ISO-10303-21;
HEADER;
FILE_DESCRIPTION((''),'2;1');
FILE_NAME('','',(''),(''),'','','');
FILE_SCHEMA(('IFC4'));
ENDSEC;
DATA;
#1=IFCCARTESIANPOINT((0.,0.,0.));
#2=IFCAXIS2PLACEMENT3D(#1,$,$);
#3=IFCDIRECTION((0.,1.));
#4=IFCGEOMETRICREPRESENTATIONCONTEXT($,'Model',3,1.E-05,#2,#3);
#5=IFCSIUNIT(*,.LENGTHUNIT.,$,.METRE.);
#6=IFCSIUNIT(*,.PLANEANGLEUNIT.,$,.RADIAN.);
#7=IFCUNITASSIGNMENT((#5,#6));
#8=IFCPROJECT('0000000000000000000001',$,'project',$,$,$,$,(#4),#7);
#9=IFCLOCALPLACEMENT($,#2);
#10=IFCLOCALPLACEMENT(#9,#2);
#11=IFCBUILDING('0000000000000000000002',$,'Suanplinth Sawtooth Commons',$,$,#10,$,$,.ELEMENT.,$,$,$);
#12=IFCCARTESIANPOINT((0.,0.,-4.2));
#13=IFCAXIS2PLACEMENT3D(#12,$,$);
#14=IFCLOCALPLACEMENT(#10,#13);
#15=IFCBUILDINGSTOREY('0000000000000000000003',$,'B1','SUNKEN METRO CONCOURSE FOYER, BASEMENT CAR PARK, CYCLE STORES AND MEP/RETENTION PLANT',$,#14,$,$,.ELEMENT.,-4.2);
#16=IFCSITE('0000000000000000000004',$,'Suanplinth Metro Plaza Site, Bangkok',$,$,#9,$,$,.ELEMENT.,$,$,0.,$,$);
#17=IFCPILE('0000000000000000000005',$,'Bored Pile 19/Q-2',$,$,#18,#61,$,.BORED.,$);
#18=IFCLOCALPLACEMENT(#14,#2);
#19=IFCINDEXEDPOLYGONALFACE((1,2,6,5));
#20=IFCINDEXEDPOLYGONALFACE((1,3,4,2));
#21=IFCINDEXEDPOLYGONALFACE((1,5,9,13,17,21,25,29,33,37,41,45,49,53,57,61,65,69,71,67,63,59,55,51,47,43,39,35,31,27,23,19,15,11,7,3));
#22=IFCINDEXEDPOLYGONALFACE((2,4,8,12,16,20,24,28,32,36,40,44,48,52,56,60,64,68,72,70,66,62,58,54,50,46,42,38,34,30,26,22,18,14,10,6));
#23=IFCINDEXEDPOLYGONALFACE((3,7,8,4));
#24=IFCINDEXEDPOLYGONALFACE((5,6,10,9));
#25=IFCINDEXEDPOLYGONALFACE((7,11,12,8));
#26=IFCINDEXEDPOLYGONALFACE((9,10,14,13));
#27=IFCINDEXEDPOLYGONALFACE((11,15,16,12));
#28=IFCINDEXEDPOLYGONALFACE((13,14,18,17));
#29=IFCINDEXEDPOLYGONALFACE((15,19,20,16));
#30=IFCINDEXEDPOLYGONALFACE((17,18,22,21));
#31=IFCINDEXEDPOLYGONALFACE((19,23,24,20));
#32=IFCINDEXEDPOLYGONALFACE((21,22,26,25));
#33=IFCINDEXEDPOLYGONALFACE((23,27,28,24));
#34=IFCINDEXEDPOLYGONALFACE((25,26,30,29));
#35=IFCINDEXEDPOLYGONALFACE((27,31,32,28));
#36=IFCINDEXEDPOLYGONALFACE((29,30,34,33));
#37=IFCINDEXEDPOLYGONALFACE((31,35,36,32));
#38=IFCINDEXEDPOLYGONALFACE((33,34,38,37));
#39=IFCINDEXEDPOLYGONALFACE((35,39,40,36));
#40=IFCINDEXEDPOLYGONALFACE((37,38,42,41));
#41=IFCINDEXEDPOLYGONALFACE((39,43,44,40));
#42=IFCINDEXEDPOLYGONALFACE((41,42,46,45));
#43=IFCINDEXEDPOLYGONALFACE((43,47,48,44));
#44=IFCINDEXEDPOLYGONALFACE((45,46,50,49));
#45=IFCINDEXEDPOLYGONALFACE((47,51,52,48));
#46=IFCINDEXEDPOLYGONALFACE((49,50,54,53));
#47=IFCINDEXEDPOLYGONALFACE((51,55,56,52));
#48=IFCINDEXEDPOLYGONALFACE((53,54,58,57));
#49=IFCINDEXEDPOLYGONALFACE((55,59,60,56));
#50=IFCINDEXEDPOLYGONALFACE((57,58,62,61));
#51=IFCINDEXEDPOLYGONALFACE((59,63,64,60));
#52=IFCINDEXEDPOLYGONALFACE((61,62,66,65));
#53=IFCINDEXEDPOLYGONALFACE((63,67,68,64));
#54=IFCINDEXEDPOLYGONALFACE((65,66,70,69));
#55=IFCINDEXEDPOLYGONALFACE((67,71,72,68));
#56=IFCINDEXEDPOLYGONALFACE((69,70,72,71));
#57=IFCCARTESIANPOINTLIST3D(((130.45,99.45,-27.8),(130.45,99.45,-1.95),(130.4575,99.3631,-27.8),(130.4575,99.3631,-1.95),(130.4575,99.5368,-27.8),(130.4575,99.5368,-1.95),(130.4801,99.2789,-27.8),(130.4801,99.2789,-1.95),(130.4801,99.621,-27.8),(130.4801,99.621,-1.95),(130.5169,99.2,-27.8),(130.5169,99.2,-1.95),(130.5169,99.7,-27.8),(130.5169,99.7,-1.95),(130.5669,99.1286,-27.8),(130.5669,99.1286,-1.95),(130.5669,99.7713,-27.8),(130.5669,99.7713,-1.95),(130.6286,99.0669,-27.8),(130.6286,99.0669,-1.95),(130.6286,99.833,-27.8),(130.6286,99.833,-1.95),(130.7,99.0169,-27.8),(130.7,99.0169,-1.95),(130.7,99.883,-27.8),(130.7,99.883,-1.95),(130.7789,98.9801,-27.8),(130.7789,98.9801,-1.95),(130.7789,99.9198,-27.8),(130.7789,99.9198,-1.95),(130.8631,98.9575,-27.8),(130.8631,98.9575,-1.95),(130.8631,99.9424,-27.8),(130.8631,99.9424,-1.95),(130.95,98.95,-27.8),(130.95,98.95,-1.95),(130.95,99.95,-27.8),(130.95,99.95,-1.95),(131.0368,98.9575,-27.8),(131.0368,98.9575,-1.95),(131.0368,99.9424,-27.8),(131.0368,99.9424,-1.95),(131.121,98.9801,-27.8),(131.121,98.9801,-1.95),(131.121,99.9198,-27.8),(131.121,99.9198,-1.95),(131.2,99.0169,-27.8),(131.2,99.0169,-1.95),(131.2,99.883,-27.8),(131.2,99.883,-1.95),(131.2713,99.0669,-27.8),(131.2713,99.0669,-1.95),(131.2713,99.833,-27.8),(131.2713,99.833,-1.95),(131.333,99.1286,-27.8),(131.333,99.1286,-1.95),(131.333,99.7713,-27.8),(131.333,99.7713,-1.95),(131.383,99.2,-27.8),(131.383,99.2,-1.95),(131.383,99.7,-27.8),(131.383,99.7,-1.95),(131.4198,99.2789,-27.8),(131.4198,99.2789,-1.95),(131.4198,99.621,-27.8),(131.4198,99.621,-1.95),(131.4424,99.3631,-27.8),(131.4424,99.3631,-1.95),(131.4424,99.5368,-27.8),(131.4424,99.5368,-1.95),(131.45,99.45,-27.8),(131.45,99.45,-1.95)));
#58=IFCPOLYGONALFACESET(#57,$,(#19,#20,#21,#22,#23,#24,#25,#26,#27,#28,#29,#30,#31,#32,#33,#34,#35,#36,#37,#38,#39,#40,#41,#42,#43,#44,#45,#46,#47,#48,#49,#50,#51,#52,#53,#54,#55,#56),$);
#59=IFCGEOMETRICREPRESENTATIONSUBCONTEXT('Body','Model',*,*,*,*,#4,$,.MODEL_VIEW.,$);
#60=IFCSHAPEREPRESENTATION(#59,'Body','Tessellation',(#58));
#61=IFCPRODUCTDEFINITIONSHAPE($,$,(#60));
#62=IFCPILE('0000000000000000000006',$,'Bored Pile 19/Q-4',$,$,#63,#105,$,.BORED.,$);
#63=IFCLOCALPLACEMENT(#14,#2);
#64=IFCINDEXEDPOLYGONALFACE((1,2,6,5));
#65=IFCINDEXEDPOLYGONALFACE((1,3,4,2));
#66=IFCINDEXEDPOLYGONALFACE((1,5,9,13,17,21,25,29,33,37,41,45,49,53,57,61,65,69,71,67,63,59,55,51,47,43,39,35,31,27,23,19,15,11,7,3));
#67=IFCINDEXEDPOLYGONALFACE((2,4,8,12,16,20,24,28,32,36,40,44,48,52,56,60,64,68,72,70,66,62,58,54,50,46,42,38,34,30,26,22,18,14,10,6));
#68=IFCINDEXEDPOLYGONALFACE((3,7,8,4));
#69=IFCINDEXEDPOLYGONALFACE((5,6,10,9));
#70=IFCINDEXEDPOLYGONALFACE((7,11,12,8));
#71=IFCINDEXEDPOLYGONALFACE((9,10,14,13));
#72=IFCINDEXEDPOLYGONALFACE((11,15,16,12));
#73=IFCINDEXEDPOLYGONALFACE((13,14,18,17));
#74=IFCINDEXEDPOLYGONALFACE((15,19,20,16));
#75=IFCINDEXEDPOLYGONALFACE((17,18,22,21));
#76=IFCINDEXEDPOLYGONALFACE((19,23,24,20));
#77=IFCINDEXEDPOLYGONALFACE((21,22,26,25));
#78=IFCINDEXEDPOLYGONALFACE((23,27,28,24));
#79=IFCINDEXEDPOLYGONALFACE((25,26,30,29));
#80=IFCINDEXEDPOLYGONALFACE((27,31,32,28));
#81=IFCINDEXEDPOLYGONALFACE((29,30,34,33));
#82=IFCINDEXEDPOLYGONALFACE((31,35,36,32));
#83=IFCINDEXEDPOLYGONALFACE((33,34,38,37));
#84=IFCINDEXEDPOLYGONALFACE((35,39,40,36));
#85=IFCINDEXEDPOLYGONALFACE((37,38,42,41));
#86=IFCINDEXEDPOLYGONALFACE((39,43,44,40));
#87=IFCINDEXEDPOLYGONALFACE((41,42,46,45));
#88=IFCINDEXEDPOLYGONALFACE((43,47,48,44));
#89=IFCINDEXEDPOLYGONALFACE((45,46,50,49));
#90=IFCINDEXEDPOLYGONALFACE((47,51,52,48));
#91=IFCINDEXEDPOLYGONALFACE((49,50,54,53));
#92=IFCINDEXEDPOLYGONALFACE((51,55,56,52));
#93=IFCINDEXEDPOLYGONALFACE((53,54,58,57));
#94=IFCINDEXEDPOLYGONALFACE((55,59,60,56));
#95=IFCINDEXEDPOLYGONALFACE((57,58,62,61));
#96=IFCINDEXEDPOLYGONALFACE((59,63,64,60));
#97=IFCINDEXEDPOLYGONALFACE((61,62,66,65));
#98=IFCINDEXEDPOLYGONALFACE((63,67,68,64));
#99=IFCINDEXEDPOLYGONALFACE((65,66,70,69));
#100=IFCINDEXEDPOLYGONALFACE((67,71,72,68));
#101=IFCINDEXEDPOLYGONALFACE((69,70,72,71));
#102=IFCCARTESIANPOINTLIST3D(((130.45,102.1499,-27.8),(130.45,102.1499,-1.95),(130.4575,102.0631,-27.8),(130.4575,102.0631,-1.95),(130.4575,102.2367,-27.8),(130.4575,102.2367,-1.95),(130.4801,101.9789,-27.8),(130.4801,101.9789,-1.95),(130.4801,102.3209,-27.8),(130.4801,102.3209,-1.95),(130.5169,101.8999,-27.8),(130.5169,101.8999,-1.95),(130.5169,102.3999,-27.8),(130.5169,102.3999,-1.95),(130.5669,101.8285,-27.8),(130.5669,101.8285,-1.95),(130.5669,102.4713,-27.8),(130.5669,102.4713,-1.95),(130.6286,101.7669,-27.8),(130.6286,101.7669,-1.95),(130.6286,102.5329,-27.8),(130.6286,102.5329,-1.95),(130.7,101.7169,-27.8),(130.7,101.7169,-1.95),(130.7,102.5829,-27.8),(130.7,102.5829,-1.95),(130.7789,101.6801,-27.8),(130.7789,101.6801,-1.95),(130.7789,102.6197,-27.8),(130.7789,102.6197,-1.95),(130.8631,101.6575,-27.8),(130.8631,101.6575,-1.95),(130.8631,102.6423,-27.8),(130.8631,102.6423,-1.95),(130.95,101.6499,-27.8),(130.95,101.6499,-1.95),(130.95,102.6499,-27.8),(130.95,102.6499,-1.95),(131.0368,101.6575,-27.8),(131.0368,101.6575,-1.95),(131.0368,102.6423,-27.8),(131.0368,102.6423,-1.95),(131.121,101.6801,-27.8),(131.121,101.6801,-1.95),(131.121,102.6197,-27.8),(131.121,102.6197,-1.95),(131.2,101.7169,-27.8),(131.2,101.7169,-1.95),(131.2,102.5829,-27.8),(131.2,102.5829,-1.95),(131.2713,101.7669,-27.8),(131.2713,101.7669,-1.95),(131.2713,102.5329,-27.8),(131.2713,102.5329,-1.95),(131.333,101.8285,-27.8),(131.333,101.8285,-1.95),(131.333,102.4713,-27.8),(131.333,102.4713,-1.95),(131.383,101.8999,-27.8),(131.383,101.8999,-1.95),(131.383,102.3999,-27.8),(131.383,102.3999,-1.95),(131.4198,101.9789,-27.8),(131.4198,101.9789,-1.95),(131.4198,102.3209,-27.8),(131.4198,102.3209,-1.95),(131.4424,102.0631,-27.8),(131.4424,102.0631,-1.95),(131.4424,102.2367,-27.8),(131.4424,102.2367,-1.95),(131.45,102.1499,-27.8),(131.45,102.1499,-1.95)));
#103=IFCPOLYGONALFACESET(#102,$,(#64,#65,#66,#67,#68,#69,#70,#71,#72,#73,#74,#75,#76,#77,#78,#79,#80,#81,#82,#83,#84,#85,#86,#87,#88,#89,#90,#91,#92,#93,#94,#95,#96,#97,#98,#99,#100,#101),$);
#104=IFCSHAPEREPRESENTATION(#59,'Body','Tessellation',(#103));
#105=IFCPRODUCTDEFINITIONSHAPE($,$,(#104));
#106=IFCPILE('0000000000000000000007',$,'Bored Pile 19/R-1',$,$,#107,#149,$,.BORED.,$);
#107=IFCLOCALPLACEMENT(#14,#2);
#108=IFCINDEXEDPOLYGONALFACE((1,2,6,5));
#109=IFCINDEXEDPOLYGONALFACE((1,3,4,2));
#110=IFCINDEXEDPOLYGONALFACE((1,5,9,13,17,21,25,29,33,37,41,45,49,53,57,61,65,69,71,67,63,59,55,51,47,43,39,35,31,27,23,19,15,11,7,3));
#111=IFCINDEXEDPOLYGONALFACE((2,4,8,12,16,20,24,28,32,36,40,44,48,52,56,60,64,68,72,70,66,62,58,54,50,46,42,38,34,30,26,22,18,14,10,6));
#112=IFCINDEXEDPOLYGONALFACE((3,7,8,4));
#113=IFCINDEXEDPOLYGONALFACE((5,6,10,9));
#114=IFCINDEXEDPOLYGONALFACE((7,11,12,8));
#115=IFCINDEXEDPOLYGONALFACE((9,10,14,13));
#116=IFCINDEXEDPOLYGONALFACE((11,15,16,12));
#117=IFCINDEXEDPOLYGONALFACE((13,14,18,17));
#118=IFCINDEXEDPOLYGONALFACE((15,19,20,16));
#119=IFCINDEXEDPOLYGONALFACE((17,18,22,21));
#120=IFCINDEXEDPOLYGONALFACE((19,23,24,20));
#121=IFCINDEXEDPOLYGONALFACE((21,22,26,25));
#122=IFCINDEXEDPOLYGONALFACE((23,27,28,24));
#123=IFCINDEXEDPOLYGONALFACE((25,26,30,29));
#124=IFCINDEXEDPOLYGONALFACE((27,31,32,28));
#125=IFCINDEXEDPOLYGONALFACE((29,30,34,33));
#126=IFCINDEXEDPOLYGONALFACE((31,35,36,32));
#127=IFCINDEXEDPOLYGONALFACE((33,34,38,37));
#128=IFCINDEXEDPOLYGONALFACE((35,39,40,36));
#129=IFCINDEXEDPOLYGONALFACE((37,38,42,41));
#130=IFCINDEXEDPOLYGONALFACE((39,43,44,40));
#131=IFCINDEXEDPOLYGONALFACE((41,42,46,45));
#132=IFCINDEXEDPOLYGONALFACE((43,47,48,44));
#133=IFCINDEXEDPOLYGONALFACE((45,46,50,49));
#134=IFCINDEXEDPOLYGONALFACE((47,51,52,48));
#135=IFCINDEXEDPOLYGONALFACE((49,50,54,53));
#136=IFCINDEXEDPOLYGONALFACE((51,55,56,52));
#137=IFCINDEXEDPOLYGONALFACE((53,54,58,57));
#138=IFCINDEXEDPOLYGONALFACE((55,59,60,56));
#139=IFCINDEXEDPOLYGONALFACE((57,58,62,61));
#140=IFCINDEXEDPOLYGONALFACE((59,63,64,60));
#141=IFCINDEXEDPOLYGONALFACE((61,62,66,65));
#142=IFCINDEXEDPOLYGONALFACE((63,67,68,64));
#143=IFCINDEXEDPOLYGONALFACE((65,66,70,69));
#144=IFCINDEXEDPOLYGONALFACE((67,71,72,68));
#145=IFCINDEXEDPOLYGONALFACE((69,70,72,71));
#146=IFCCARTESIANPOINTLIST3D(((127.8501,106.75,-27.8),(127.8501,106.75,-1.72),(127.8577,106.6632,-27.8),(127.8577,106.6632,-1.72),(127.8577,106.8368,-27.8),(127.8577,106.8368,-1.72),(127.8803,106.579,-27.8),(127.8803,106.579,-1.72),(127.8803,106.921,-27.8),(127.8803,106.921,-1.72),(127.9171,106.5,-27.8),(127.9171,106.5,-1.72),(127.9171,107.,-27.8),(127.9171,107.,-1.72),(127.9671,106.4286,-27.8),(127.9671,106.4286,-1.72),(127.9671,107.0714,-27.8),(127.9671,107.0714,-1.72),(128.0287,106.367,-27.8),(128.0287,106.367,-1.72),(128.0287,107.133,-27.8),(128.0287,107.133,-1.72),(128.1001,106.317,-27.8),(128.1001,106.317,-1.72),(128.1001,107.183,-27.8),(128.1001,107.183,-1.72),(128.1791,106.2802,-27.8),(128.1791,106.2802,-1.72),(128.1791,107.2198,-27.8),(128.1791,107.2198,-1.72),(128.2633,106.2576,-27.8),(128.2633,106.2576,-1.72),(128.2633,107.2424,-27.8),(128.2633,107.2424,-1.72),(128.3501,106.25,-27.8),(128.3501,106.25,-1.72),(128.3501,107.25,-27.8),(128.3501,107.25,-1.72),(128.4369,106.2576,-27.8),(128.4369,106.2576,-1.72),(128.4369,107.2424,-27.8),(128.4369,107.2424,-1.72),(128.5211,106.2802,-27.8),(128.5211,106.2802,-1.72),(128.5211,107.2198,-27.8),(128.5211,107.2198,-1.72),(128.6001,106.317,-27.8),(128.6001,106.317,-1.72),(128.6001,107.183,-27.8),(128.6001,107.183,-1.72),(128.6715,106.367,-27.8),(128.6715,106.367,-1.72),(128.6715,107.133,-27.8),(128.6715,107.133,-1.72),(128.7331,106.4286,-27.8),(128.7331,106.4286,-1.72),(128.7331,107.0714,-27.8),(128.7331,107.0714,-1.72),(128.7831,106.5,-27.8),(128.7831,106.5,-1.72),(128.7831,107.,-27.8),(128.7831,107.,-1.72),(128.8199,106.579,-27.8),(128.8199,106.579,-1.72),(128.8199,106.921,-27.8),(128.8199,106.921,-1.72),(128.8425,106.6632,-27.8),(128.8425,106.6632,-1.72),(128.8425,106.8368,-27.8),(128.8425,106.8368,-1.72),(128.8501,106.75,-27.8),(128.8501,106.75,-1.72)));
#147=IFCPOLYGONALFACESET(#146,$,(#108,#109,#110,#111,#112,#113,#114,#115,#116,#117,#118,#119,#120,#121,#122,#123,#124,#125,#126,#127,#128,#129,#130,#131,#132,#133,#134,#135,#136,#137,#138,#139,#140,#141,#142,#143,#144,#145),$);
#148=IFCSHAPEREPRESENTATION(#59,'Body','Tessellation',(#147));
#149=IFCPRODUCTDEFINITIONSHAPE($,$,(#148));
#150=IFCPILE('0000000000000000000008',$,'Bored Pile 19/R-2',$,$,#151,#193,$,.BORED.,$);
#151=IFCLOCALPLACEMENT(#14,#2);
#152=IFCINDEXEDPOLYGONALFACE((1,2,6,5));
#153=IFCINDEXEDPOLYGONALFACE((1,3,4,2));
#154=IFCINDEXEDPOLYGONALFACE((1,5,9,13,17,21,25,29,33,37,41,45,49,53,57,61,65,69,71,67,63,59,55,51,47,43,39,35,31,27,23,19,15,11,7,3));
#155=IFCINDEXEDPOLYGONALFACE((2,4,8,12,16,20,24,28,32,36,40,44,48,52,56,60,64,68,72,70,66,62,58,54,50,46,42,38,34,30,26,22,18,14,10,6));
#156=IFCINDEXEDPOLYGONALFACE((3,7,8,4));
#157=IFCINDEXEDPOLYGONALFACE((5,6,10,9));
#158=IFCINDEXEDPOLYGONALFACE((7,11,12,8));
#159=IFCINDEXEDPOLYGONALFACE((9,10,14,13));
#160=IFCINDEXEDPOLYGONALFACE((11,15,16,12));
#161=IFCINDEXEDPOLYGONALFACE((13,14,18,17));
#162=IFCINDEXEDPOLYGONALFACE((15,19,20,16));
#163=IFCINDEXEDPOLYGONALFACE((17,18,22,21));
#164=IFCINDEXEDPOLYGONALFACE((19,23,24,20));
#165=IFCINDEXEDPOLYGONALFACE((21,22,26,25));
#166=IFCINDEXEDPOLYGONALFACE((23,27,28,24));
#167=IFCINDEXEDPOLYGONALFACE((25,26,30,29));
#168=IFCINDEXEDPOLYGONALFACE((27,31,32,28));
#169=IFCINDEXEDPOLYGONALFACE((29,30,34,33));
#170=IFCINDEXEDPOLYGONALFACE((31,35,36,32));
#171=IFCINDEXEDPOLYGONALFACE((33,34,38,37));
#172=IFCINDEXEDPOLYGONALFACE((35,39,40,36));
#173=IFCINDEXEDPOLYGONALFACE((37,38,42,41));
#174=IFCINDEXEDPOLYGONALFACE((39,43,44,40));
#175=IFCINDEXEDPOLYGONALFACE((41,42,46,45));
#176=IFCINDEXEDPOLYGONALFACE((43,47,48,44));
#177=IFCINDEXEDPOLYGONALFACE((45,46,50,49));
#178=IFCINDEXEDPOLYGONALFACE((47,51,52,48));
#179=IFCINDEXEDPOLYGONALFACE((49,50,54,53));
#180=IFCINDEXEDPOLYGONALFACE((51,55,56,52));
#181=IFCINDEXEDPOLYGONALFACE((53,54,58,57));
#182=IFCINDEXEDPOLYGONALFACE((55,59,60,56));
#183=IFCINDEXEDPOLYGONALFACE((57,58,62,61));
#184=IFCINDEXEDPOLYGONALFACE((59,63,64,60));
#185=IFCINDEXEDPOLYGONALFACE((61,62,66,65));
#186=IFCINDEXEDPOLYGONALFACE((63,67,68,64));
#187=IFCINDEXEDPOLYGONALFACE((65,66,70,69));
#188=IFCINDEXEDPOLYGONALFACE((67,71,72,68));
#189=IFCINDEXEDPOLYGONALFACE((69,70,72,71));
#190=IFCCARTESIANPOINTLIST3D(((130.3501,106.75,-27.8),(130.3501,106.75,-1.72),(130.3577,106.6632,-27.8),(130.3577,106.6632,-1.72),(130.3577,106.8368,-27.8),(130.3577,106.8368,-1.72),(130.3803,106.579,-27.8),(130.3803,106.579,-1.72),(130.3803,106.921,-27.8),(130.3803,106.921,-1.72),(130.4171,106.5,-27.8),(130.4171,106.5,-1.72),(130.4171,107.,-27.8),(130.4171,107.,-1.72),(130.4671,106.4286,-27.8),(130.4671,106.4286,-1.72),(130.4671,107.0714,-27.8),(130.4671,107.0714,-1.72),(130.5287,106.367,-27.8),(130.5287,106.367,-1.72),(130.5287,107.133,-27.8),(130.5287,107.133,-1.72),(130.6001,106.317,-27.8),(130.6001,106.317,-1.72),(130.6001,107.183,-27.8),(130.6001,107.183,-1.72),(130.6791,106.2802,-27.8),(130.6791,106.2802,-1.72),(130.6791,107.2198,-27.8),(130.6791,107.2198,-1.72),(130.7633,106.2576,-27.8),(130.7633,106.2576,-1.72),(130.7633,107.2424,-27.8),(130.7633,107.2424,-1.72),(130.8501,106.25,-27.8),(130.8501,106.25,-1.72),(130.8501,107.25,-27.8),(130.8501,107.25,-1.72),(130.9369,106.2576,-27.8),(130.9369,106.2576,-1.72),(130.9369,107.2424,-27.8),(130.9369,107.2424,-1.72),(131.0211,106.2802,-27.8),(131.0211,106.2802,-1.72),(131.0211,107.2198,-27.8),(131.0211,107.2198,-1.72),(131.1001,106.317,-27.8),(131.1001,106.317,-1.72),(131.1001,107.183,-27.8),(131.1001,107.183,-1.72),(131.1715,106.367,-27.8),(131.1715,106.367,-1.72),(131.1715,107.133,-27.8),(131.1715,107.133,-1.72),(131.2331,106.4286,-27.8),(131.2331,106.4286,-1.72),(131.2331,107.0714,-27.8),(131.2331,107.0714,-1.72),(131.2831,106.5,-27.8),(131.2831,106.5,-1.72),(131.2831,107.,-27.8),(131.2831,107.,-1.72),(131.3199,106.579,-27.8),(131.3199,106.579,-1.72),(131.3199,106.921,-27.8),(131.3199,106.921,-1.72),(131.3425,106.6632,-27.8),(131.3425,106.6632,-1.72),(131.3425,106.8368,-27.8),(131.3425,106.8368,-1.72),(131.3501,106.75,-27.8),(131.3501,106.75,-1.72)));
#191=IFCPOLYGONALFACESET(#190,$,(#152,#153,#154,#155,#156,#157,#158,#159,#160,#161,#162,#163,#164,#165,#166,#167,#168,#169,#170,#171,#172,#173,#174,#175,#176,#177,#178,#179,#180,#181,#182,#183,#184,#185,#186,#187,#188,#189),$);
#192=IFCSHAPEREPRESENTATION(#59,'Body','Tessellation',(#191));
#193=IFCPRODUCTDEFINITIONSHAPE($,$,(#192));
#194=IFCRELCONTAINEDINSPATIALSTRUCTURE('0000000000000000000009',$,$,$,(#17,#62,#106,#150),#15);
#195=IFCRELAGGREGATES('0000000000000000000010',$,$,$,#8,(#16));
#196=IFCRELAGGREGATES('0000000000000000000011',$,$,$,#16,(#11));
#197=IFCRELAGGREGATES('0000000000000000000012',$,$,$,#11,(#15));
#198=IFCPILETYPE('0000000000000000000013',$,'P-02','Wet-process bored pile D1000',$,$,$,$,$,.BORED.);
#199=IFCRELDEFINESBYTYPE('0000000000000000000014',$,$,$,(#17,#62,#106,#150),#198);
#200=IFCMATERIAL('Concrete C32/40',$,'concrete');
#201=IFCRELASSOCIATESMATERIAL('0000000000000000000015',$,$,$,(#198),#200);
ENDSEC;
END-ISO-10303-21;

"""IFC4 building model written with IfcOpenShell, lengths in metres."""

from ifc_helpers import new_model, si_unit, direction, frame, origin, origin_2d, place, context, subcontext, project, spatial, circle, extrude, material, material_profile, profile_set, type_object, element, save


model = new_model("IFC4")

# Units and contexts
model_context = context("Model", 3, precision=1e-05, world=origin(), true_north=direction((0.0, 1.0)))
body_context = subcontext(model_context, "Body", "Model", "MODEL_VIEW")
ifc_project = project(units=[si_unit("LENGTHUNIT", "METRE"), si_unit("PLANEANGLEUNIT", "RADIAN")], contexts=[model_context])

# Site, building, storey
site_placement = place(None, origin())
site = spatial("IfcSite", under=ifc_project, at=site_placement, Name="Suanplinth Metro Plaza Site, Bangkok", CompositionType="ELEMENT", RefElevation=0.0)
building_placement = place(site_placement, origin())
building = spatial("IfcBuilding", under=site, at=building_placement, Name="Suanplinth Sawtooth Commons", CompositionType="ELEMENT")
storey_placement = place(building_placement, frame((0.0, 0.0, -4.2)))
storey = spatial("IfcBuildingStorey", under=building, at=storey_placement, Name="B1", Description="SUNKEN METRO CONCOURSE FOYER, BASEMENT CAR PARK, CYCLE STORES AND MEP/RETENTION PLANT", CompositionType="ELEMENT", Elevation=-4.2)

# Piles
ifc_material_1 = material(Name="Concrete C32/40", Category="concrete")
ifc_material_profile_1 = material_profile(ifc_material_1, circle(Radius=0.5, at=origin_2d()), Name="PILE D1000")
ifc_profile_set_1 = profile_set([ifc_material_profile_1], Name="Concrete C32/40")
pile_type = type_object("IfcPileType", Name="P-02", Description="Wet-process bored pile D1000", PredefinedType="BORED", material=ifc_profile_set_1)
for number, where, z_axis, x_axis, name in (
    (1, (130.95, 99.45, -1.95), (0.0, 0.0, -1.0), (1.0, 0.0, 0.0), "Bored Pile 19/Q-2"),
    (2, (130.95, 102.1499, -1.95), (0.0, 0.0, -1.0), (1.0, 0.0, 0.0), "Bored Pile 19/Q-4"),
):
    element("IfcPile", number, at=place(storey_placement, frame(where, z_axis=z_axis, x_axis=x_axis)), inside=storey, type_object=pile_type, Name=name, PredefinedType="BORED", context=body_context, shape_type="SweptSolid", body=[
        extrude(circle(Radius=0.5, at=origin_2d()), origin(), (0.0, 0.0, 1.0), 25.8501),
    ])
for number, where, z_axis, x_axis, name in (
    (3, (128.3501, 106.75, -1.72), (0.0, 0.0, -1.0), (1.0, 0.0, 0.0), "Bored Pile 19/R-1"),
    (4, (130.8501, 106.75, -1.72), (0.0, 0.0, -1.0), (1.0, 0.0, 0.0), "Bored Pile 19/R-2"),
):
    element("IfcPile", number, at=place(storey_placement, frame(where, z_axis=z_axis, x_axis=x_axis)), inside=storey, type_object=pile_type, Name=name, PredefinedType="BORED", context=body_context, shape_type="SweptSolid", body=[
        extrude(circle(Radius=0.5, at=origin_2d()), origin(), (0.0, 0.0, 1.0), 26.0801),
    ])

save(model, "model.ifc")
